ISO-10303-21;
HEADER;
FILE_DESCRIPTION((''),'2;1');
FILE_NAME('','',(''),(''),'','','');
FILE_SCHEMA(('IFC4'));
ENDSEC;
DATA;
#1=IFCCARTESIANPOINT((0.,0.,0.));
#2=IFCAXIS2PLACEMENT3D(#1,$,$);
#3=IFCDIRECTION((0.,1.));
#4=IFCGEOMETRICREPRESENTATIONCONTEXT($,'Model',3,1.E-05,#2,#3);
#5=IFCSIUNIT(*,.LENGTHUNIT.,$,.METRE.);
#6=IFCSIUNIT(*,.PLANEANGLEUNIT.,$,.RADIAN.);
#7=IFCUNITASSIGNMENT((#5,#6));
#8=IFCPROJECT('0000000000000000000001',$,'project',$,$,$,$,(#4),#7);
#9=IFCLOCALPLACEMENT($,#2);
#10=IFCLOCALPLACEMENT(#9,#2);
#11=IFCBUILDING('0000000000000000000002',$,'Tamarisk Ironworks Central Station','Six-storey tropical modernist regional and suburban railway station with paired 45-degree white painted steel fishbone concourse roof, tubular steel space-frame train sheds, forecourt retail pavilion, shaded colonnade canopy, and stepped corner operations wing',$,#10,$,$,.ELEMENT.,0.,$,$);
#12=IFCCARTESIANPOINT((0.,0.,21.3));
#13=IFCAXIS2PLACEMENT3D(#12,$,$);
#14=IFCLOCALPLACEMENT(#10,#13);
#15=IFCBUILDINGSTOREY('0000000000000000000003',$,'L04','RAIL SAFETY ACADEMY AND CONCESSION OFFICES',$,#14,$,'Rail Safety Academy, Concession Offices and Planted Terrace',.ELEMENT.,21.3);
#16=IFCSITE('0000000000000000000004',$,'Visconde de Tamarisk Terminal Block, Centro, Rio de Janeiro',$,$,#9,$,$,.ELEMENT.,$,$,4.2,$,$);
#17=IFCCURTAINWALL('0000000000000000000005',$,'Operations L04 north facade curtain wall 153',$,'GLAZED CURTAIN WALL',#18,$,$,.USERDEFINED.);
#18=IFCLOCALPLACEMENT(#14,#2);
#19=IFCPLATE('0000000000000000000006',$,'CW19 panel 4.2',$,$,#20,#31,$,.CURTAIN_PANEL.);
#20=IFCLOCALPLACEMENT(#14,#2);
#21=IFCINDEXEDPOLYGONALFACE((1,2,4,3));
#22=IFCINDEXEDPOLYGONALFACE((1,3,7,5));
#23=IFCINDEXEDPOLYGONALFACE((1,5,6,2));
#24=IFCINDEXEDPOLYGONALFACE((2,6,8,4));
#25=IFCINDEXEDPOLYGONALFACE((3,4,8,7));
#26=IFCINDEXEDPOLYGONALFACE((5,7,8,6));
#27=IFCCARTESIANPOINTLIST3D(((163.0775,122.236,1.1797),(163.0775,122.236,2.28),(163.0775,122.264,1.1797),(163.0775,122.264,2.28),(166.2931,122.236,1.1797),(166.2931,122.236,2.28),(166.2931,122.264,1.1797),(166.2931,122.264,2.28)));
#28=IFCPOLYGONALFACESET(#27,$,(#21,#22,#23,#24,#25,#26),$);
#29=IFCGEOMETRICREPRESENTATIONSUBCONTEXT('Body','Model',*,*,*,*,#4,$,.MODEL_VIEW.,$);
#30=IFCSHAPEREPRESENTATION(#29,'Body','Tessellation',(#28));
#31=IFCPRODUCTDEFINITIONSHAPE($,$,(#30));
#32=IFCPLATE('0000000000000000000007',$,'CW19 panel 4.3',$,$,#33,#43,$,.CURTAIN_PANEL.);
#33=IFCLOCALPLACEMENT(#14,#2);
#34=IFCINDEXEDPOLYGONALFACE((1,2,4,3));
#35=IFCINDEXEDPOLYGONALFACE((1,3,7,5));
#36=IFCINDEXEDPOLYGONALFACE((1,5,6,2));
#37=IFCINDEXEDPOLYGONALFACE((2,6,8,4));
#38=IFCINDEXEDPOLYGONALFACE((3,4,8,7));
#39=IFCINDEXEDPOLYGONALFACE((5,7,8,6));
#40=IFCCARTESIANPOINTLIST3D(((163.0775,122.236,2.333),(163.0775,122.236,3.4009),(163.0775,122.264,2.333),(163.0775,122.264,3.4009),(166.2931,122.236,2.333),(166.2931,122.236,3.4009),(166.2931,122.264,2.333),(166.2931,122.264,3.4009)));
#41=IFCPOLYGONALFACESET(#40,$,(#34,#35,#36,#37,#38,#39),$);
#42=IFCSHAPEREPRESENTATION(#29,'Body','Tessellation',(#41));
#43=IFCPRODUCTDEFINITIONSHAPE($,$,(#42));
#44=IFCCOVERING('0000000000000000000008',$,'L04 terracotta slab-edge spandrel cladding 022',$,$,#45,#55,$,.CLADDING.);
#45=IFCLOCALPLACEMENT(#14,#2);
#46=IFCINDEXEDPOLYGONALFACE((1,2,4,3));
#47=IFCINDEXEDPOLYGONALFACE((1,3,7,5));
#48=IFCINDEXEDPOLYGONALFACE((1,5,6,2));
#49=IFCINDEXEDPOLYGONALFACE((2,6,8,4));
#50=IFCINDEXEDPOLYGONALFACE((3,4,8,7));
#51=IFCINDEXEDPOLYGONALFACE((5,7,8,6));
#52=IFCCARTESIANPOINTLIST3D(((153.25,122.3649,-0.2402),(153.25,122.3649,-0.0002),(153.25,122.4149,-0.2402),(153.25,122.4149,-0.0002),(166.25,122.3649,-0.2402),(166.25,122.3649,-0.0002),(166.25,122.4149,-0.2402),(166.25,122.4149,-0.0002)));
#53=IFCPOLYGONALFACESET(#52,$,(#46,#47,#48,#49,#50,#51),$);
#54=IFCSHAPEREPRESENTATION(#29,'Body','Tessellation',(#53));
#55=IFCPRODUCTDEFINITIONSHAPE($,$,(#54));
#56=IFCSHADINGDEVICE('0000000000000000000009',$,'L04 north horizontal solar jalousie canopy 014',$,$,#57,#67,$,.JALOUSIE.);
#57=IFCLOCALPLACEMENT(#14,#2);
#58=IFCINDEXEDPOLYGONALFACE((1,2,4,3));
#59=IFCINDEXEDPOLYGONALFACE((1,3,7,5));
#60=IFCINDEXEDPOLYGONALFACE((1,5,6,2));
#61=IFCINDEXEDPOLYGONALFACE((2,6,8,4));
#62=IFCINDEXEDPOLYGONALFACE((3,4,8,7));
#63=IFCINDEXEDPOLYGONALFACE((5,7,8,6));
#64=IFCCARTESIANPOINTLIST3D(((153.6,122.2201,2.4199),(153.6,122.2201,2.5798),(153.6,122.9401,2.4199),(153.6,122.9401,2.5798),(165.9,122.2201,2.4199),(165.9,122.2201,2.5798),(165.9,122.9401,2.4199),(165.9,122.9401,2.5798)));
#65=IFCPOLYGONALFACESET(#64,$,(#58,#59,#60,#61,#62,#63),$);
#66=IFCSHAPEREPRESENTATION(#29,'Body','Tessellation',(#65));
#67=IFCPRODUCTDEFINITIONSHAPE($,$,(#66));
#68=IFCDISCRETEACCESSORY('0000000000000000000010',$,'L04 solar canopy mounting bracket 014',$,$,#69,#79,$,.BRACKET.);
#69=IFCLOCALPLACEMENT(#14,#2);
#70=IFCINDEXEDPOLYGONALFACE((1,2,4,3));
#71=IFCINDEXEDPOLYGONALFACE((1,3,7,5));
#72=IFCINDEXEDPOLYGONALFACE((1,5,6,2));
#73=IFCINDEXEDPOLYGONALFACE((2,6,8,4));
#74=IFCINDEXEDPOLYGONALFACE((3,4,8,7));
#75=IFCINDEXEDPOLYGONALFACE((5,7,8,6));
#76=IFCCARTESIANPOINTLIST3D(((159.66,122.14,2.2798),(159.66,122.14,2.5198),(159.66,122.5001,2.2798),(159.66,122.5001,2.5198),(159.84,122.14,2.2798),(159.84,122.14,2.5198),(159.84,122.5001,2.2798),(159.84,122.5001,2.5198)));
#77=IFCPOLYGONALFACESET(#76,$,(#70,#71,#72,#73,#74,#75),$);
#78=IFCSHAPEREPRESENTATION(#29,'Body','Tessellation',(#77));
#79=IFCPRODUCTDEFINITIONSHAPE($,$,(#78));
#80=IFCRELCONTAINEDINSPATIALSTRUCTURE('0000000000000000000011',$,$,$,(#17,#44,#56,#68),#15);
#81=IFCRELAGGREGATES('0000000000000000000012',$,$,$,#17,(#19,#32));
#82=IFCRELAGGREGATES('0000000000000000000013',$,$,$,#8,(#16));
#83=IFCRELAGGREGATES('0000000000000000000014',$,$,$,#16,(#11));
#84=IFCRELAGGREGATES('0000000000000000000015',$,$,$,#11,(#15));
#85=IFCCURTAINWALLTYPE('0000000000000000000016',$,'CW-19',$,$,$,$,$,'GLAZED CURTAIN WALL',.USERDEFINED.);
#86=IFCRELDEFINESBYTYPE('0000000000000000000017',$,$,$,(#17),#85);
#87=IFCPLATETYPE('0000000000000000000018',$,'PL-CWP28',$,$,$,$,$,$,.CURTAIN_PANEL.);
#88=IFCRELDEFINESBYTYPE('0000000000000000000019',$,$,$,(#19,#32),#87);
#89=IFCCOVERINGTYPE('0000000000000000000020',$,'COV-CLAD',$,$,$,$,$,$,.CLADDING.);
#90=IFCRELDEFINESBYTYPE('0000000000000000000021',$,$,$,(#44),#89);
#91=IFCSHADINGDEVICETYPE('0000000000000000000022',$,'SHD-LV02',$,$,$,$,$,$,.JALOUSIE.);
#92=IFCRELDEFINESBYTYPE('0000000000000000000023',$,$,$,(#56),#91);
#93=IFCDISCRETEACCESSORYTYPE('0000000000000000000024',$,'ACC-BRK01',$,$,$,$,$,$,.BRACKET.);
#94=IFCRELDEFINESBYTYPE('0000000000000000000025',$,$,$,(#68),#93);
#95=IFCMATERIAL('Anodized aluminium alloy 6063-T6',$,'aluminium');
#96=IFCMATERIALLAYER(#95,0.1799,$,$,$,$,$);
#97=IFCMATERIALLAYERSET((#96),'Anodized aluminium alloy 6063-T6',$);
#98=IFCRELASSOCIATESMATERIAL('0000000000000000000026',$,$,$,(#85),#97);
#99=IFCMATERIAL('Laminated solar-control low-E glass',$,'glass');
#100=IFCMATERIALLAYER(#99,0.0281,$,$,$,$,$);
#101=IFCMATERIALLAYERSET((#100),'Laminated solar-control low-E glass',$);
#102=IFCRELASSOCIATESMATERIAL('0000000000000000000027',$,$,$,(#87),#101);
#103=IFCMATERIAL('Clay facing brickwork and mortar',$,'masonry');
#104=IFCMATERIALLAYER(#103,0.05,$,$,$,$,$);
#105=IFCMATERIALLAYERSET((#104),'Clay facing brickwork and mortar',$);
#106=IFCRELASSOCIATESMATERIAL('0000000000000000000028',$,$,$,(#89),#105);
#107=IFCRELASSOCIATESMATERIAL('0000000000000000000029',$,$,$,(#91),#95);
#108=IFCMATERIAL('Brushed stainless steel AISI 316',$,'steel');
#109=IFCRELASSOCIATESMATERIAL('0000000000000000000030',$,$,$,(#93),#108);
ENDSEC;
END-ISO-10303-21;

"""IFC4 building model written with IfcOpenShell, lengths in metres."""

from ifc_helpers import new_model, si_unit, direction, frame, origin, origin_2d, place, context, subcontext, project, spatial, rectangle, extrude, material, layer, layer_set, type_object, element, aggregate, save


model = new_model("IFC4")

# Units and contexts
model_context = context("Model", 3, precision=1e-05, world=origin(), true_north=direction((0.0, 1.0)))
body_context = subcontext(model_context, "Body", "Model", "MODEL_VIEW")
ifc_project = project(units=[si_unit("LENGTHUNIT", "METRE"), si_unit("PLANEANGLEUNIT", "RADIAN")], contexts=[model_context])

# Site, building, storey
site_placement = place(None, origin())
site = spatial("IfcSite", under=ifc_project, at=site_placement, Name="Visconde de Tamarisk Terminal Block, Centro, Rio de Janeiro", CompositionType="ELEMENT", RefElevation=4.2)
building_placement = place(site_placement, origin())
building = spatial("IfcBuilding", under=site, at=building_placement, Name="Tamarisk Ironworks Central Station", Description="Six-storey tropical modernist regional and suburban railway station with paired 45-degree white painted steel fishbone concourse roof, tubular steel space-frame train sheds, forecourt retail pavilion, shaded colonnade canopy, and stepped corner operations wing", CompositionType="ELEMENT", ElevationOfRefHeight=0.0)
storey_placement = place(building_placement, frame((0.0, 0.0, 21.3)))
storey = spatial("IfcBuildingStorey", under=building, at=storey_placement, Name="L04", Description="RAIL SAFETY ACADEMY AND CONCESSION OFFICES", LongName="Rail Safety Academy, Concession Offices and Planted Terrace", CompositionType="ELEMENT", Elevation=21.3)

# Curtain wall
ifc_material_1 = material(Name="Anodized aluminium alloy 6063-T6", Category="aluminium")
ifc_layer_1 = layer(ifc_material_1, 0.1799)
ifc_layer_set_1 = layer_set([ifc_layer_1], Name="Anodized aluminium alloy 6063-T6")
curtain_wall_type = type_object("IfcCurtainWallType", Name="CW-19", ElementType="GLAZED CURTAIN WALL", PredefinedType="USERDEFINED", material=ifc_layer_set_1)
curtain_wall_1_placement = place(storey_placement, origin())
curtain_wall_1 = element("IfcCurtainWall", 1, at=curtain_wall_1_placement, inside=storey, type_object=curtain_wall_type, Name="Operations L04 north facade curtain wall 153", ObjectType="GLAZED CURTAIN WALL", PredefinedType="USERDEFINED")

# Plates
ifc_material_2 = material(Name="Laminated solar-control low-E glass", Category="glass")
ifc_layer_2 = layer(ifc_material_2, 0.0281)
ifc_layer_set_2 = layer_set([ifc_layer_2], Name="Laminated solar-control low-E glass")
plate_type = type_object("IfcPlateType", Name="PL-CWP28", PredefinedType="CURTAIN_PANEL", material=ifc_layer_set_2)
plate_1_placement = place(storey_placement, frame((164.6853, 122.25, 1.1797), z_axis=(0.0, 0.0, 1.0), x_axis=(1.0, 0.0, 0.0)))
plate_1 = element("IfcPlate", 2, at=plate_1_placement, type_object=plate_type, Name="CW19 panel 4.2", PredefinedType="CURTAIN_PANEL", context=body_context, shape_type="SweptSolid", body=[
    extrude(rectangle(XDim=3.2156, YDim=0.0281, at=origin_2d()), origin(), (0.0, 0.0, 1.0), 1.1003),
])
plate_2_placement = place(storey_placement, frame((164.6853, 122.25, 2.333), z_axis=(0.0, 0.0, 1.0), x_axis=(1.0, 0.0, 0.0)))
plate_2 = element("IfcPlate", 3, at=plate_2_placement, type_object=plate_type, Name="CW19 panel 4.3", PredefinedType="CURTAIN_PANEL", context=body_context, shape_type="SweptSolid", body=[
    extrude(rectangle(XDim=3.2156, YDim=0.0281, at=origin_2d()), origin(), (0.0, 0.0, 1.0), 1.0679),
])
aggregate(curtain_wall_1, [plate_1, plate_2])

# Covering
ifc_material_3 = material(Name="Clay facing brickwork and mortar", Category="masonry")
ifc_layer_3 = layer(ifc_material_3, 0.05)
ifc_layer_set_3 = layer_set([ifc_layer_3], Name="Clay facing brickwork and mortar")
covering_type = type_object("IfcCoveringType", Name="COV-CLAD", PredefinedType="CLADDING", material=ifc_layer_set_3)
covering_placement = place(storey_placement, frame((159.75, 122.3899, -0.2402), z_axis=(0.0, 0.0, 1.0), x_axis=(1.0, 0.0, 0.0)))
element("IfcCovering", 4, at=covering_placement, inside=storey, type_object=covering_type, Name="L04 terracotta slab-edge spandrel cladding 022", PredefinedType="CLADDING", context=body_context, shape_type="SweptSolid", body=[
    extrude(rectangle(XDim=13.0, YDim=0.05, at=origin_2d()), origin(), (0.0, 0.0, 1.0), 0.24),
])

# Shading device
shading_device_type = type_object("IfcShadingDeviceType", Name="SHD-LV02", PredefinedType="JALOUSIE", material=ifc_material_1)
shading_device_placement = place(storey_placement, frame((159.75, 122.5801, 2.4199), z_axis=(0.0, 0.0, 1.0), x_axis=(1.0, 0.0, 0.0)))
element("IfcShadingDevice", 5, at=shading_device_placement, inside=storey, type_object=shading_device_type, Name="L04 north horizontal solar jalousie canopy 014", PredefinedType="JALOUSIE", context=body_context, shape_type="SweptSolid", body=[
    extrude(rectangle(XDim=12.3, YDim=0.72, at=origin_2d()), origin(), (0.0, 0.0, 1.0), 0.1599),
])

# Discrete accessory
ifc_material_4 = material(Name="Brushed stainless steel AISI 316", Category="steel")
discrete_accessory_type = type_object("IfcDiscreteAccessoryType", Name="ACC-BRK01", PredefinedType="BRACKET", material=ifc_material_4)
discrete_accessory_placement = place(storey_placement, frame((159.75, 122.3201, 2.2798), z_axis=(0.0, 0.0, 1.0), x_axis=(1.0, 0.0, 0.0)))
element("IfcDiscreteAccessory", 6, at=discrete_accessory_placement, inside=storey, type_object=discrete_accessory_type, Name="L04 solar canopy mounting bracket 014", PredefinedType="BRACKET", context=body_context, shape_type="SweptSolid", body=[
    extrude(rectangle(XDim=0.1799, YDim=0.3601, at=origin_2d()), origin(), (0.0, 0.0, 1.0), 0.24),
])

save(model, "model.ifc")
